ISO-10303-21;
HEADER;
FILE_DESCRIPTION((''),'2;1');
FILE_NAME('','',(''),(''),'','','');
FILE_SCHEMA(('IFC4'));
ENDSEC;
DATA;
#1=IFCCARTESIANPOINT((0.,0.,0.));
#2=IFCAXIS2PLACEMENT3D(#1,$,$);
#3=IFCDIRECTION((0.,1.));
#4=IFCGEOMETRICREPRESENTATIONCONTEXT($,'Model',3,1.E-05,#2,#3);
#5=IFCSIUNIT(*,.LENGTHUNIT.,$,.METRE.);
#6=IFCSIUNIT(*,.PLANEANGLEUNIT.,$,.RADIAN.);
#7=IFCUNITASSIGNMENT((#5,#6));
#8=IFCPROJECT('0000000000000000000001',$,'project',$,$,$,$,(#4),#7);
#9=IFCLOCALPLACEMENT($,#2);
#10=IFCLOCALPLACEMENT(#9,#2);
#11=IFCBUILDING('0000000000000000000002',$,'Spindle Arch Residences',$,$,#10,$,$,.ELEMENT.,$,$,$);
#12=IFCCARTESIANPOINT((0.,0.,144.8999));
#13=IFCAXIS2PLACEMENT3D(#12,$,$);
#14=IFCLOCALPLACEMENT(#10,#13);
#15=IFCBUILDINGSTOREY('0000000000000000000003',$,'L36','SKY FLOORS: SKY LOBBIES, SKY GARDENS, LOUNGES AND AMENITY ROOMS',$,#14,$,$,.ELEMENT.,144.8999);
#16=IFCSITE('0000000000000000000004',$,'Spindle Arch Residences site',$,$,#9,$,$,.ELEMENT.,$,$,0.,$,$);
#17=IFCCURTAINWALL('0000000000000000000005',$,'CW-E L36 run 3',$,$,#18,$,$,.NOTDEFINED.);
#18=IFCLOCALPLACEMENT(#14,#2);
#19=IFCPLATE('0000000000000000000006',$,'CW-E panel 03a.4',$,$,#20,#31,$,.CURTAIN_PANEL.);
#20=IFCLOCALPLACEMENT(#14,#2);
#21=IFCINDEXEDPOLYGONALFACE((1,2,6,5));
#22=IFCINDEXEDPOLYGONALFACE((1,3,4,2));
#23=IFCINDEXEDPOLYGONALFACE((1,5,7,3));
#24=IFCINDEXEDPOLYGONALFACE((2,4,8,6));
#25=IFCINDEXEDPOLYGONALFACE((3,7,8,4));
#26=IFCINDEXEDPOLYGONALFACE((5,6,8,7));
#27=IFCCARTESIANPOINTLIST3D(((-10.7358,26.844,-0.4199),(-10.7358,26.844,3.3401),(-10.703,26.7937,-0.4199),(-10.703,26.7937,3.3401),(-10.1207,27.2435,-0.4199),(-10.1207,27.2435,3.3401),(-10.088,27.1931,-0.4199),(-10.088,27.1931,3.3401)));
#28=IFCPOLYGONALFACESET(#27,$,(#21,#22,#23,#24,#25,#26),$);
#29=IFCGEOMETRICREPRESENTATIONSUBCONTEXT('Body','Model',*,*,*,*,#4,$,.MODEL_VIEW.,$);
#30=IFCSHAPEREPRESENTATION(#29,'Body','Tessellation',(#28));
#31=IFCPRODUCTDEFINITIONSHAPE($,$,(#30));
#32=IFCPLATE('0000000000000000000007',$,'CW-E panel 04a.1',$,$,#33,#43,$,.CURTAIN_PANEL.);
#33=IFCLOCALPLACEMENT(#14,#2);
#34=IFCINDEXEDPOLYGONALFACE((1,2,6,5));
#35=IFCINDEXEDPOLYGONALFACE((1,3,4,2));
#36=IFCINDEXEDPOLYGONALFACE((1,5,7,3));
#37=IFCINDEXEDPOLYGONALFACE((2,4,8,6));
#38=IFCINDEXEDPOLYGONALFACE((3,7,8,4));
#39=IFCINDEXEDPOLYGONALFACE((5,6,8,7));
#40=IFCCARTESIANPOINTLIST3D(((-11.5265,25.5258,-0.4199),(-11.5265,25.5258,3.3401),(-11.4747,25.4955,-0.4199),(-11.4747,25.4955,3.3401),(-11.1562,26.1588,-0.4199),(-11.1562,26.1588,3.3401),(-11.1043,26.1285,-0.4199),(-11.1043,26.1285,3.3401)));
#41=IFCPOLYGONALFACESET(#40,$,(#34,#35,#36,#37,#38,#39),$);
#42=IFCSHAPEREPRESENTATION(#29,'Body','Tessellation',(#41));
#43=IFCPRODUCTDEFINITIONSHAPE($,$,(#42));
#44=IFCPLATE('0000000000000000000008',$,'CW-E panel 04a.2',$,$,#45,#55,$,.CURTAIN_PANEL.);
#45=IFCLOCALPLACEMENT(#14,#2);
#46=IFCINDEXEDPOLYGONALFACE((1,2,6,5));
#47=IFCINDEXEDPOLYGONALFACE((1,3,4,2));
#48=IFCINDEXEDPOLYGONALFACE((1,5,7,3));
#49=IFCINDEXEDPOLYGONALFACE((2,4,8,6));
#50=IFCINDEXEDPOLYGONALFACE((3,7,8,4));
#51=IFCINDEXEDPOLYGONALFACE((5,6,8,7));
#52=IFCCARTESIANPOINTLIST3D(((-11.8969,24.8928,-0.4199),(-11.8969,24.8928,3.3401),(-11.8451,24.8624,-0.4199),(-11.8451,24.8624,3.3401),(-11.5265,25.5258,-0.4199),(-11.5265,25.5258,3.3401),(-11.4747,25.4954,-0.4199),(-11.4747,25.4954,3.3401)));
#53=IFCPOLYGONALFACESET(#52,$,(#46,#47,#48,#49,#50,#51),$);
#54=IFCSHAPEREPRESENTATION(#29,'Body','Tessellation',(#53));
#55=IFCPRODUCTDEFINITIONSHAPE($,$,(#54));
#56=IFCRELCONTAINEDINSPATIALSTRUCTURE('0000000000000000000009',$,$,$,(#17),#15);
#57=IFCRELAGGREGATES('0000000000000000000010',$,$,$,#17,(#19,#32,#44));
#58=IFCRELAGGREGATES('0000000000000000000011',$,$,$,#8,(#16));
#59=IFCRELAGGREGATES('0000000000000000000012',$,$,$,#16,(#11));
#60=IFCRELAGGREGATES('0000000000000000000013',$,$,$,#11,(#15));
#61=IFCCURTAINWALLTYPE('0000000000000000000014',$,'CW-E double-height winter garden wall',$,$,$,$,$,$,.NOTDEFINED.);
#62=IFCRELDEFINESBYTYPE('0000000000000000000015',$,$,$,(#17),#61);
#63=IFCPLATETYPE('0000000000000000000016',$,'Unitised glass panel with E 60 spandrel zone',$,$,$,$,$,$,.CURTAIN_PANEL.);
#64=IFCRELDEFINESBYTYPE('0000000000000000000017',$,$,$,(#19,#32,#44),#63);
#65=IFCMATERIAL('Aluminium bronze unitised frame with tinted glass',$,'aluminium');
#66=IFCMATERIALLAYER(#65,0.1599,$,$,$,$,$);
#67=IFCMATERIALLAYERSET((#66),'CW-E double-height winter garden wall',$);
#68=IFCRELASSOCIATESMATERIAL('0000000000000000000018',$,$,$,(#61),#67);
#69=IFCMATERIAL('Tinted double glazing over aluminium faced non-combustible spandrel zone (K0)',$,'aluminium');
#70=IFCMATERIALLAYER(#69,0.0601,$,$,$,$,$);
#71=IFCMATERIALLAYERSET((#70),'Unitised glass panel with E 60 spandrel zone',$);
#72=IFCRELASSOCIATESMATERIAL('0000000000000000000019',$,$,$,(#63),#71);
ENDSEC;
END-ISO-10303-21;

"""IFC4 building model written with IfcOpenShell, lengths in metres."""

from ifc_helpers import new_model, si_unit, direction, frame, origin, origin_2d, place, context, subcontext, project, spatial, rectangle, extrude, material, layer, layer_set, type_object, element, aggregate, save


model = new_model("IFC4")

# Units and contexts
model_context = context("Model", 3, precision=1e-05, world=origin(), true_north=direction((0.0, 1.0)))
body_context = subcontext(model_context, "Body", "Model", "MODEL_VIEW")
ifc_project = project(units=[si_unit("LENGTHUNIT", "METRE"), si_unit("PLANEANGLEUNIT", "RADIAN")], contexts=[model_context])

# Site, building, storey
site_placement = place(None, origin())
site = spatial("IfcSite", under=ifc_project, at=site_placement, Name="Spindle Arch Residences site", CompositionType="ELEMENT", RefElevation=0.0)
building_placement = place(site_placement, origin())
building = spatial("IfcBuilding", under=site, at=building_placement, Name="Spindle Arch Residences", CompositionType="ELEMENT")
storey_placement = place(building_placement, frame((0.0, 0.0, 144.8999)))
storey = spatial("IfcBuildingStorey", under=building, at=storey_placement, Name="L36", Description="SKY FLOORS: SKY LOBBIES, SKY GARDENS, LOUNGES AND AMENITY ROOMS", CompositionType="ELEMENT", Elevation=144.8999)

# Curtain wall, plates
ifc_material_1 = material(Name="Aluminium bronze unitised frame with tinted glass", Category="aluminium")
ifc_layer_1 = layer(ifc_material_1, 0.1599)
ifc_layer_set_1 = layer_set([ifc_layer_1], Name="CW-E double-height winter garden wall")
curtain_wall_type = type_object("IfcCurtainWallType", Name="CW-E double-height winter garden wall", PredefinedType="NOTDEFINED", material=ifc_layer_set_1)
curtain_wall_placement = place(storey_placement, origin())
curtain_wall = element("IfcCurtainWall", 1, at=curtain_wall_placement, inside=storey, type_object=curtain_wall_type, Name="CW-E L36 run 3", PredefinedType="NOTDEFINED")
ifc_material_2 = material(Name="Tinted double glazing over aluminium faced non-combustible spandrel zone (K0)", Category="aluminium")
ifc_layer_2 = layer(ifc_material_2, 0.0601)
ifc_layer_set_2 = layer_set([ifc_layer_2], Name="Unitised glass panel with E 60 spandrel zone")
plate_type_1 = type_object("IfcPlateType", Name="Unitised glass panel with E 60 spandrel zone", PredefinedType="CURTAIN_PANEL", material=ifc_layer_set_2)
plate_1_placement = place(storey_placement, frame((-10.4119, 27.0186, -0.4199), z_axis=(0.0, 0.0, 1.0), x_axis=(-0.838671, -0.544639, 0.0)))
plate_1 = element("IfcPlate", 2, at=plate_1_placement, type_object=plate_type_1, Name="CW-E panel 03a.4", PredefinedType="CURTAIN_PANEL", context=body_context, shape_type="SweptSolid", body=[
    extrude(rectangle(XDim=0.7334, YDim=0.0601, at=origin_2d()), origin(), (0.0, 0.0, 1.0), 3.76),
])
plate_2_placement = place(storey_placement, frame((-11.3154, 25.8271, -0.4199), z_axis=(0.0, 0.0, 1.0), x_axis=(-0.50503, -0.863102, 0.0)))
plate_2 = element("IfcPlate", 3, at=plate_2_placement, type_object=plate_type_1, Name="CW-E panel 04a.1", PredefinedType="CURTAIN_PANEL", context=body_context, shape_type="SweptSolid", body=[
    extrude(rectangle(XDim=0.7334, YDim=0.0601, at=origin_2d()), origin(), (0.0, 0.0, 1.0), 3.76),
])
plate_3_placement = place(storey_placement, frame((-11.6858, 25.1941, -0.4199), z_axis=(0.0, 0.0, 1.0), x_axis=(-0.50503, -0.863102, 0.0)))
plate_3 = element("IfcPlate", 4, at=plate_3_placement, type_object=plate_type_1, Name="CW-E panel 04a.2", PredefinedType="CURTAIN_PANEL", context=body_context, shape_type="SweptSolid", body=[
    extrude(rectangle(XDim=0.7334, YDim=0.0601, at=origin_2d()), origin(), (0.0, 0.0, 1.0), 3.76),
])
aggregate(curtain_wall, [plate_1, plate_2, plate_3])

save(model, "model.ifc")
